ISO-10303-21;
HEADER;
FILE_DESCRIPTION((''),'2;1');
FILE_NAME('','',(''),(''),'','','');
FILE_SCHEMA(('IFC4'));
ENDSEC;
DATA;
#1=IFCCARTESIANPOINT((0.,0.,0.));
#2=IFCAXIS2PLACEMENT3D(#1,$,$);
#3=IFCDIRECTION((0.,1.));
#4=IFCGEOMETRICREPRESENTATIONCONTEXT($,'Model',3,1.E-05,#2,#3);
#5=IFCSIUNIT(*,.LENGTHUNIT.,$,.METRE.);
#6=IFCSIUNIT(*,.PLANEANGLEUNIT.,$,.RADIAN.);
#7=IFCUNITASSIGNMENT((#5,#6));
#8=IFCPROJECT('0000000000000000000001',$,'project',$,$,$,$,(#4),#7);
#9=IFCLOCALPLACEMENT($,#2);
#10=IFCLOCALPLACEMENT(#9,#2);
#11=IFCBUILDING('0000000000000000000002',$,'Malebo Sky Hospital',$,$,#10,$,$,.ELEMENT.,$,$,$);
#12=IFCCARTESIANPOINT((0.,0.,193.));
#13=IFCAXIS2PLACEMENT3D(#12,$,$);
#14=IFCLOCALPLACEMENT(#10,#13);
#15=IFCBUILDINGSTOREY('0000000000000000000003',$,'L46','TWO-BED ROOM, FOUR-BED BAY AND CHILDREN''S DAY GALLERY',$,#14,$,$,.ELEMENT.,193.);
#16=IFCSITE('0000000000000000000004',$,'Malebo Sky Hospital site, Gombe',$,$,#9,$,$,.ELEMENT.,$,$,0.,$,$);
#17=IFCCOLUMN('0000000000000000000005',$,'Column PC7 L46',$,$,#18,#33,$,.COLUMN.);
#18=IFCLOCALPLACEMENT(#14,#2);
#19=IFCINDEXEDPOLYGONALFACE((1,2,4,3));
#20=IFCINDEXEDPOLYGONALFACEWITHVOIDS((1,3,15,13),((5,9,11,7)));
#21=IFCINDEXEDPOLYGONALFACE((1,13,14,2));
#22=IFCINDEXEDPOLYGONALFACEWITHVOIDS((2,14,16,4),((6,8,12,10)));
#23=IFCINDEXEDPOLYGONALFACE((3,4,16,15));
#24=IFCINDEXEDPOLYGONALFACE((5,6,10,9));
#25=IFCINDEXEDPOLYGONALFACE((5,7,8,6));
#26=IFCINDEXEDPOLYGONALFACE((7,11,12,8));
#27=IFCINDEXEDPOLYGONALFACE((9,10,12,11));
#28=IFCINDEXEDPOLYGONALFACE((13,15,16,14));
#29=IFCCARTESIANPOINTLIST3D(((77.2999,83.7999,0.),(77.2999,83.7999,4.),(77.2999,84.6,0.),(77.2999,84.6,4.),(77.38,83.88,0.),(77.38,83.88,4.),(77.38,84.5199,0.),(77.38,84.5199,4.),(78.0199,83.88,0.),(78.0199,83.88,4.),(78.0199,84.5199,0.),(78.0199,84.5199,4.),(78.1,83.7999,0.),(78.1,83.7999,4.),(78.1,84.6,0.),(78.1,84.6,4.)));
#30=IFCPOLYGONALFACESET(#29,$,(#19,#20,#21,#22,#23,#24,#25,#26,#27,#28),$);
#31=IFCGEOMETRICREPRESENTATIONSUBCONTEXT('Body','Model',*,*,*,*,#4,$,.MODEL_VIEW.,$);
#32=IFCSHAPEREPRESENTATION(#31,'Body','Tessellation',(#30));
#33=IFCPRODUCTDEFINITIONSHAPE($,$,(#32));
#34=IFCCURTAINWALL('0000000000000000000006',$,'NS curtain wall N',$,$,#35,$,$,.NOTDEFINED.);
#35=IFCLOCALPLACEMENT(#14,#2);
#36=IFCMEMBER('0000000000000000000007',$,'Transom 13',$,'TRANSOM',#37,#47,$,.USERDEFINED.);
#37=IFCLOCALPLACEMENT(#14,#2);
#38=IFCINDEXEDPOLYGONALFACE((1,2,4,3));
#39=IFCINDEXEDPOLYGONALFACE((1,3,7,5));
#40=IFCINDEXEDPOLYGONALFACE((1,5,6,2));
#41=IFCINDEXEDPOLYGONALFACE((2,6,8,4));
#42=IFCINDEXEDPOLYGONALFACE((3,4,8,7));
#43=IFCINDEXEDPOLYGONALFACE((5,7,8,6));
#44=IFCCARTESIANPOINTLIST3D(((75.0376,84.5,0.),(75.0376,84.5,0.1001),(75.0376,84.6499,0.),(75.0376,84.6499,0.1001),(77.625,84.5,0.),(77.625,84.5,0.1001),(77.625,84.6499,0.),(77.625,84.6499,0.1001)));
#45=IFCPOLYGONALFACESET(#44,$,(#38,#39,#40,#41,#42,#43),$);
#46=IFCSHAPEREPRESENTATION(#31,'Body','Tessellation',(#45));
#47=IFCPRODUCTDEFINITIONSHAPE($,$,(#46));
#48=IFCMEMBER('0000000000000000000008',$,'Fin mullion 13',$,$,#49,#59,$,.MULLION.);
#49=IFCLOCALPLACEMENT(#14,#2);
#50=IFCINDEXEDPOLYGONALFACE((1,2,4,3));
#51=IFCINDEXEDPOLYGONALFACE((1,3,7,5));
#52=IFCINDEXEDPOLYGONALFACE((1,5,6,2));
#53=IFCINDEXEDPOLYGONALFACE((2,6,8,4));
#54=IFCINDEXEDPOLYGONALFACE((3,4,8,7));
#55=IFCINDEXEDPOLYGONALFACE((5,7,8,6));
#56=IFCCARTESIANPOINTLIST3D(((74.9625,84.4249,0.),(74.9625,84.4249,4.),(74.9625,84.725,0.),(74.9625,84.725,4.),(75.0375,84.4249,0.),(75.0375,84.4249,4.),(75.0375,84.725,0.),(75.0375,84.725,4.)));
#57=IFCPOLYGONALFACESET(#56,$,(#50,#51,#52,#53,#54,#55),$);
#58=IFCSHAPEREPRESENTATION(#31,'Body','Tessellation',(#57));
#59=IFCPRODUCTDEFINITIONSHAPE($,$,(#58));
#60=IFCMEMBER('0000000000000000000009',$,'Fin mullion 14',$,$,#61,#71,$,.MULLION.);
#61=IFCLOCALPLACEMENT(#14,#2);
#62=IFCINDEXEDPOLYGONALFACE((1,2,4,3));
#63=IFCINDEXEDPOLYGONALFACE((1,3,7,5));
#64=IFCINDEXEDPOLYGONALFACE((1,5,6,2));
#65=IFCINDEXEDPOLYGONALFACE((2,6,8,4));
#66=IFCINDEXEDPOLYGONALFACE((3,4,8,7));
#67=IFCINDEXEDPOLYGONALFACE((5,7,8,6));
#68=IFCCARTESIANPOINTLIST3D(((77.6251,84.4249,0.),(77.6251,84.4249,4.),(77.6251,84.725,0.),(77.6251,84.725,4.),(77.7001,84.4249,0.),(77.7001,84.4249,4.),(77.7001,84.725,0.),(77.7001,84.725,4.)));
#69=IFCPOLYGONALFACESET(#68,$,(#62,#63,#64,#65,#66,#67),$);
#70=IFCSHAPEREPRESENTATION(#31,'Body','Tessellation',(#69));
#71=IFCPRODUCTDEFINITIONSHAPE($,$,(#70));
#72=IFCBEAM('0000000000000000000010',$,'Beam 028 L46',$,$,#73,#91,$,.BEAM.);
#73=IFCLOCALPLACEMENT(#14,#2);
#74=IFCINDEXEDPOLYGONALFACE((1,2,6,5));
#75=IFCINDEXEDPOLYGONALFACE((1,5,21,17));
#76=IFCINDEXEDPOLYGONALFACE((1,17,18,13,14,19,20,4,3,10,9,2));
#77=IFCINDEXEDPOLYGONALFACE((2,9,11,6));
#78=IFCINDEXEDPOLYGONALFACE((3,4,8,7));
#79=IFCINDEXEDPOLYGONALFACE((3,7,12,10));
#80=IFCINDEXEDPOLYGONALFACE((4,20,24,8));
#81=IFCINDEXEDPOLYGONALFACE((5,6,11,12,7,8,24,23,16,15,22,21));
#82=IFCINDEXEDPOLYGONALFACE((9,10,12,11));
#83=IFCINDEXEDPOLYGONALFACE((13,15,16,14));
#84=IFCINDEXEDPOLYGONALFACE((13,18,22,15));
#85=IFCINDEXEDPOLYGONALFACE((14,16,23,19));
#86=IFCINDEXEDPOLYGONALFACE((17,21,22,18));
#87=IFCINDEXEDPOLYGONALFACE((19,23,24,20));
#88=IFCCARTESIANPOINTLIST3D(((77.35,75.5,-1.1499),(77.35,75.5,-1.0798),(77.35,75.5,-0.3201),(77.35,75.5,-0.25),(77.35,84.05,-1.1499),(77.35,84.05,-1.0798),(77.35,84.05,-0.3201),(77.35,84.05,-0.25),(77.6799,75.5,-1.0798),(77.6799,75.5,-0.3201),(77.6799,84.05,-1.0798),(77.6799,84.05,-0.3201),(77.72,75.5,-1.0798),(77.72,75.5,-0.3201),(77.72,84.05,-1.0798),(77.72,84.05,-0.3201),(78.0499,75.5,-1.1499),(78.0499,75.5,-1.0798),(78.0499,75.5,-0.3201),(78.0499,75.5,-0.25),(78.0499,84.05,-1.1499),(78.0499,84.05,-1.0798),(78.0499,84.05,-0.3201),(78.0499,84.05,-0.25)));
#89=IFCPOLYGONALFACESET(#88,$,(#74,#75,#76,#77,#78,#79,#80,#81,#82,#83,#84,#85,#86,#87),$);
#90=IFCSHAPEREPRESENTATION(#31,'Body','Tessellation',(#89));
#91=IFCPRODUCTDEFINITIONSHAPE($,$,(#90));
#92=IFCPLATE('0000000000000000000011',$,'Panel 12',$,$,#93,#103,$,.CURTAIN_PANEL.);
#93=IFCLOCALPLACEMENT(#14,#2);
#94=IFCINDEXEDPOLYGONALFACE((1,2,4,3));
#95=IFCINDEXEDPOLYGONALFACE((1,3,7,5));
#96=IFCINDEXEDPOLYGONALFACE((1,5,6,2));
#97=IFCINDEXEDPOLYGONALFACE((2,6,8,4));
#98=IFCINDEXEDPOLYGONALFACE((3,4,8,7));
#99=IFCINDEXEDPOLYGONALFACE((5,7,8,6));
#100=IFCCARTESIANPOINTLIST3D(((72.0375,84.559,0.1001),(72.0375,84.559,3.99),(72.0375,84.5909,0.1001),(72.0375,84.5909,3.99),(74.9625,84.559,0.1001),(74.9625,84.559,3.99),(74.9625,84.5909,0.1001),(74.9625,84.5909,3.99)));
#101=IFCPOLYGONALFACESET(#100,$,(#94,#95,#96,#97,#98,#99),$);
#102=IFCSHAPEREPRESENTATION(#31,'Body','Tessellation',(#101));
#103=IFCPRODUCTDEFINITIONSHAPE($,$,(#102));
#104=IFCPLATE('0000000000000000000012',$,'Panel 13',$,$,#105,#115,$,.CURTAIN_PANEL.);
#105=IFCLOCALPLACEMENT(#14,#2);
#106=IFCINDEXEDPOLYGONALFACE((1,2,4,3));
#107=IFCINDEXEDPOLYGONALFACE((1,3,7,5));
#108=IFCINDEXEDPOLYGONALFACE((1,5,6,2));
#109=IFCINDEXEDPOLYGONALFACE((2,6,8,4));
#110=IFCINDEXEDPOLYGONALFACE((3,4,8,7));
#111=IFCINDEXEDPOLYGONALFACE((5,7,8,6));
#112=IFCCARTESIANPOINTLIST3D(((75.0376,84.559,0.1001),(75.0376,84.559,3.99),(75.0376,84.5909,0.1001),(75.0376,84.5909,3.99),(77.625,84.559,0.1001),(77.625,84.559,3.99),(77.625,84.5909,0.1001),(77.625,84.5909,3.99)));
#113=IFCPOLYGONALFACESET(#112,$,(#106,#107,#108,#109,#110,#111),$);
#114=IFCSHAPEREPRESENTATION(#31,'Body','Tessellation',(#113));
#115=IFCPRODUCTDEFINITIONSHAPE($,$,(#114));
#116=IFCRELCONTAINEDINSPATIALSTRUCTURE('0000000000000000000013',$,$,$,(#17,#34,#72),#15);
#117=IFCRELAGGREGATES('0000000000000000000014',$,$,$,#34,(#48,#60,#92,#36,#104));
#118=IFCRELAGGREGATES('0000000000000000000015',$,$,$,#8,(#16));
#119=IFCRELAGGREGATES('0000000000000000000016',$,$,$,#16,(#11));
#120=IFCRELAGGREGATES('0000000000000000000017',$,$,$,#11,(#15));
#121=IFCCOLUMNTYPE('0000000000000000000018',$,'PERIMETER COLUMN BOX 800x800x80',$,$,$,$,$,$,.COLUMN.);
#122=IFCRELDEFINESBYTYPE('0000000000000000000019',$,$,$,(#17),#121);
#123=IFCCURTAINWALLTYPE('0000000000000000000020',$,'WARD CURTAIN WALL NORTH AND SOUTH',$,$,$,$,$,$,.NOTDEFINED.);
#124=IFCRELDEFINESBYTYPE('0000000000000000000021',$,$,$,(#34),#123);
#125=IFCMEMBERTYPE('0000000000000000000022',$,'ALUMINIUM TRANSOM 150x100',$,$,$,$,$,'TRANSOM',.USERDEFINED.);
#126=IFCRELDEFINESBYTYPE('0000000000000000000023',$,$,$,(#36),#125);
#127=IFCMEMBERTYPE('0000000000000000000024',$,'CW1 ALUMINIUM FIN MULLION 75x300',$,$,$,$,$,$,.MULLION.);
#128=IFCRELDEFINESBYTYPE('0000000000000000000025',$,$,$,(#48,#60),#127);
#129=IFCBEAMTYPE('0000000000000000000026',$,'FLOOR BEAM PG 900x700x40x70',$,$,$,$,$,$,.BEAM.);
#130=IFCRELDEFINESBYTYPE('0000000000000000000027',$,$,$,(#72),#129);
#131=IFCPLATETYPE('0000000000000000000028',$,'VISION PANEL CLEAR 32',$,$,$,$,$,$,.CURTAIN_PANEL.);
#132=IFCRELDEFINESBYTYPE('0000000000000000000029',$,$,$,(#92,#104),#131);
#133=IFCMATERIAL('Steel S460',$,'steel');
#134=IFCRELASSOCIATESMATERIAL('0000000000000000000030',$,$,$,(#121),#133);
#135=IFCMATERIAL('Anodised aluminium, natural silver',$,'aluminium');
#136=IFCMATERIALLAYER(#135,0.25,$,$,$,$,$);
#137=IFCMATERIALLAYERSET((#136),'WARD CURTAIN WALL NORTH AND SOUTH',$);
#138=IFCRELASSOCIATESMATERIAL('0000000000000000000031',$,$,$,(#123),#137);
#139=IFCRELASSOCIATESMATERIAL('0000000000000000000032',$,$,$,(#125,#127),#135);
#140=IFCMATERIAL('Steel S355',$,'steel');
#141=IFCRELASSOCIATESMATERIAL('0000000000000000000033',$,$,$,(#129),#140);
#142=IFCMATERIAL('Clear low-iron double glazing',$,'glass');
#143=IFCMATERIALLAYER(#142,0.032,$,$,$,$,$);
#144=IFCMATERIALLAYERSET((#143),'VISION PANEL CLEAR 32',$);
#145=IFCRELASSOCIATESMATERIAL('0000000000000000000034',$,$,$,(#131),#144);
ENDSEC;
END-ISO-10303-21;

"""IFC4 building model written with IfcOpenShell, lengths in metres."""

from ifc_helpers import new_model, si_unit, direction, frame, origin, origin_2d, place, context, subcontext, project, spatial, rectangle, hollow_rectangle, i_section, extrude, material, layer, layer_set, material_profile, profile_set, type_object, element, aggregate, save


model = new_model("IFC4")

# Units and contexts
model_context = context("Model", 3, precision=1e-05, world=origin(), true_north=direction((0.0, 1.0)))
body_context = subcontext(model_context, "Body", "Model", "MODEL_VIEW")
ifc_project = project(units=[si_unit("LENGTHUNIT", "METRE"), si_unit("PLANEANGLEUNIT", "RADIAN")], contexts=[model_context])

# Site, building, storey
site_placement = place(None, origin())
site = spatial("IfcSite", under=ifc_project, at=site_placement, Name="Malebo Sky Hospital site, Gombe", CompositionType="ELEMENT", RefElevation=0.0)
building_placement = place(site_placement, origin())
building = spatial("IfcBuilding", under=site, at=building_placement, Name="Malebo Sky Hospital", CompositionType="ELEMENT")
storey_placement = place(building_placement, frame((0.0, 0.0, 193.0)))
storey = spatial("IfcBuildingStorey", under=building, at=storey_placement, Name="L46", Description="TWO-BED ROOM, FOUR-BED BAY AND CHILDREN'S DAY GALLERY", CompositionType="ELEMENT", Elevation=193.0)

# Column
ifc_material_1 = material(Name="Steel S460", Category="steel")
ifc_material_profile_1 = material_profile(ifc_material_1, hollow_rectangle(XDim=0.8, YDim=0.8, WallThickness=0.0801, at=origin_2d()), Name="BOX 800x800x80")
ifc_profile_set_1 = profile_set([ifc_material_profile_1], Name="Steel S460")
column_type = type_object("IfcColumnType", Name="PERIMETER COLUMN BOX 800x800x80", PredefinedType="COLUMN", material=ifc_profile_set_1)
column_placement = place(storey_placement, frame((77.7, 84.2, 0.0), z_axis=(0.0, 0.0, 1.0), x_axis=(1.0, 0.0, 0.0)))
element("IfcColumn", 1, at=column_placement, inside=storey, type_object=column_type, Name="Column PC7 L46", PredefinedType="COLUMN", context=body_context, shape_type="SweptSolid", body=[
    extrude(hollow_rectangle(XDim=0.8, YDim=0.8, WallThickness=0.0801, at=origin_2d()), origin(), (0.0, 0.0, 1.0), 4.0),
])

# Curtain wall, members
ifc_material_2 = material(Name="Anodised aluminium, natural silver", Category="aluminium")
ifc_layer_1 = layer(ifc_material_2, 0.25)
ifc_layer_set_1 = layer_set([ifc_layer_1], Name="WARD CURTAIN WALL NORTH AND SOUTH")
curtain_wall_type = type_object("IfcCurtainWallType", Name="WARD CURTAIN WALL NORTH AND SOUTH", PredefinedType="NOTDEFINED", material=ifc_layer_set_1)
curtain_wall_placement = place(storey_placement, origin())
curtain_wall = element("IfcCurtainWall", 2, at=curtain_wall_placement, inside=storey, type_object=curtain_wall_type, Name="NS curtain wall N", PredefinedType="NOTDEFINED")
ifc_material_profile_2 = material_profile(ifc_material_2, rectangle(XDim=0.1499, YDim=0.1001, at=origin_2d()), Name="ALUMINIUM TRANSOM 150x100")
ifc_profile_set_2 = profile_set([ifc_material_profile_2], Name="Anodised aluminium, natural silver")
member_type_1 = type_object("IfcMemberType", Name="ALUMINIUM TRANSOM 150x100", ElementType="TRANSOM", PredefinedType="USERDEFINED", material=ifc_profile_set_2)
member_1_placement = place(storey_placement, frame((75.0376, 84.575, 0.05), z_axis=(1.0, 0.0, 0.0), x_axis=(0.0, 1.0, 0.0)))
member_1 = element("IfcMember", 3, at=member_1_placement, type_object=member_type_1, Name="Transom 13", ObjectType="TRANSOM", PredefinedType="USERDEFINED", context=body_context, shape_type="SweptSolid", body=[
    extrude(rectangle(XDim=0.1499, YDim=0.1001, at=origin_2d()), origin(), (0.0, 0.0, 1.0), 2.5874),
])
ifc_material_profile_3 = material_profile(ifc_material_2, rectangle(XDim=0.075, YDim=0.3, at=origin_2d()), Name="CW1 ALUMINIUM FIN MULLION 75x300")
ifc_profile_set_3 = profile_set([ifc_material_profile_3], Name="Anodised aluminium, natural silver")
member_type_2 = type_object("IfcMemberType", Name="CW1 ALUMINIUM FIN MULLION 75x300", PredefinedType="MULLION", material=ifc_profile_set_3)
member_2_placement = place(storey_placement, frame((75.0, 84.575, 0.0), z_axis=(0.0, 0.0, 1.0), x_axis=(1.0, 0.0, 0.0)))
member_2 = element("IfcMember", 4, at=member_2_placement, type_object=member_type_2, Name="Fin mullion 13", PredefinedType="MULLION", context=body_context, shape_type="SweptSolid", body=[
    extrude(rectangle(XDim=0.075, YDim=0.3, at=origin_2d()), origin(), (0.0, 0.0, 1.0), 4.0),
])
member_3_placement = place(storey_placement, frame((77.6626, 84.575, 0.0), z_axis=(0.0, 0.0, 1.0), x_axis=(1.0, 0.0, 0.0)))
member_3 = element("IfcMember", 5, at=member_3_placement, type_object=member_type_2, Name="Fin mullion 14", PredefinedType="MULLION", context=body_context, shape_type="SweptSolid", body=[
    extrude(rectangle(XDim=0.075, YDim=0.3, at=origin_2d()), origin(), (0.0, 0.0, 1.0), 4.0),
])

# Beam
ifc_material_3 = material(Name="Steel S355", Category="steel")
ifc_material_profile_4 = material_profile(ifc_material_3, i_section(OverallWidth=0.7, OverallDepth=0.8999, WebThickness=0.04, FlangeThickness=0.0701, at=origin_2d()), Name="PG 900x700x40x70")
ifc_profile_set_4 = profile_set([ifc_material_profile_4], Name="Steel S355")
beam_type = type_object("IfcBeamType", Name="FLOOR BEAM PG 900x700x40x70", PredefinedType="BEAM", material=ifc_profile_set_4)
beam_placement = place(storey_placement, frame((77.7, 75.5, -0.7), z_axis=(0.0, 1.0, 0.0), x_axis=(-1.0, 0.0, 0.0)))
element("IfcBeam", 6, at=beam_placement, inside=storey, type_object=beam_type, Name="Beam 028 L46", PredefinedType="BEAM", context=body_context, shape_type="SweptSolid", body=[
    extrude(i_section(OverallWidth=0.7, OverallDepth=0.8999, WebThickness=0.04, FlangeThickness=0.0701, at=origin_2d()), origin(), (0.0, 0.0, 1.0), 8.55),
])

# Plates
ifc_material_4 = material(Name="Clear low-iron double glazing", Category="glass")
ifc_layer_2 = layer(ifc_material_4, 0.032)
ifc_layer_set_2 = layer_set([ifc_layer_2], Name="VISION PANEL CLEAR 32")
plate_type = type_object("IfcPlateType", Name="VISION PANEL CLEAR 32", PredefinedType="CURTAIN_PANEL", material=ifc_layer_set_2)
plate_1_placement = place(storey_placement, frame((73.5, 84.575, 0.1001), z_axis=(0.0, 0.0, 1.0), x_axis=(1.0, 0.0, 0.0)))
plate_1 = element("IfcPlate", 7, at=plate_1_placement, type_object=plate_type, Name="Panel 12", PredefinedType="CURTAIN_PANEL", context=body_context, shape_type="SweptSolid", body=[
    extrude(rectangle(XDim=2.925, YDim=0.032, at=origin_2d()), origin(), (0.0, 0.0, 1.0), 3.8899),
])
plate_2_placement = place(storey_placement, frame((76.3313, 84.575, 0.1001), z_axis=(0.0, 0.0, 1.0), x_axis=(1.0, 0.0, 0.0)))
plate_2 = element("IfcPlate", 8, at=plate_2_placement, type_object=plate_type, Name="Panel 13", PredefinedType="CURTAIN_PANEL", context=body_context, shape_type="SweptSolid", body=[
    extrude(rectangle(XDim=2.5874, YDim=0.032, at=origin_2d()), origin(), (0.0, 0.0, 1.0), 3.8899),
])
aggregate(curtain_wall, [member_2, member_3, plate_1, member_1, plate_2])

save(model, "model.ifc")
